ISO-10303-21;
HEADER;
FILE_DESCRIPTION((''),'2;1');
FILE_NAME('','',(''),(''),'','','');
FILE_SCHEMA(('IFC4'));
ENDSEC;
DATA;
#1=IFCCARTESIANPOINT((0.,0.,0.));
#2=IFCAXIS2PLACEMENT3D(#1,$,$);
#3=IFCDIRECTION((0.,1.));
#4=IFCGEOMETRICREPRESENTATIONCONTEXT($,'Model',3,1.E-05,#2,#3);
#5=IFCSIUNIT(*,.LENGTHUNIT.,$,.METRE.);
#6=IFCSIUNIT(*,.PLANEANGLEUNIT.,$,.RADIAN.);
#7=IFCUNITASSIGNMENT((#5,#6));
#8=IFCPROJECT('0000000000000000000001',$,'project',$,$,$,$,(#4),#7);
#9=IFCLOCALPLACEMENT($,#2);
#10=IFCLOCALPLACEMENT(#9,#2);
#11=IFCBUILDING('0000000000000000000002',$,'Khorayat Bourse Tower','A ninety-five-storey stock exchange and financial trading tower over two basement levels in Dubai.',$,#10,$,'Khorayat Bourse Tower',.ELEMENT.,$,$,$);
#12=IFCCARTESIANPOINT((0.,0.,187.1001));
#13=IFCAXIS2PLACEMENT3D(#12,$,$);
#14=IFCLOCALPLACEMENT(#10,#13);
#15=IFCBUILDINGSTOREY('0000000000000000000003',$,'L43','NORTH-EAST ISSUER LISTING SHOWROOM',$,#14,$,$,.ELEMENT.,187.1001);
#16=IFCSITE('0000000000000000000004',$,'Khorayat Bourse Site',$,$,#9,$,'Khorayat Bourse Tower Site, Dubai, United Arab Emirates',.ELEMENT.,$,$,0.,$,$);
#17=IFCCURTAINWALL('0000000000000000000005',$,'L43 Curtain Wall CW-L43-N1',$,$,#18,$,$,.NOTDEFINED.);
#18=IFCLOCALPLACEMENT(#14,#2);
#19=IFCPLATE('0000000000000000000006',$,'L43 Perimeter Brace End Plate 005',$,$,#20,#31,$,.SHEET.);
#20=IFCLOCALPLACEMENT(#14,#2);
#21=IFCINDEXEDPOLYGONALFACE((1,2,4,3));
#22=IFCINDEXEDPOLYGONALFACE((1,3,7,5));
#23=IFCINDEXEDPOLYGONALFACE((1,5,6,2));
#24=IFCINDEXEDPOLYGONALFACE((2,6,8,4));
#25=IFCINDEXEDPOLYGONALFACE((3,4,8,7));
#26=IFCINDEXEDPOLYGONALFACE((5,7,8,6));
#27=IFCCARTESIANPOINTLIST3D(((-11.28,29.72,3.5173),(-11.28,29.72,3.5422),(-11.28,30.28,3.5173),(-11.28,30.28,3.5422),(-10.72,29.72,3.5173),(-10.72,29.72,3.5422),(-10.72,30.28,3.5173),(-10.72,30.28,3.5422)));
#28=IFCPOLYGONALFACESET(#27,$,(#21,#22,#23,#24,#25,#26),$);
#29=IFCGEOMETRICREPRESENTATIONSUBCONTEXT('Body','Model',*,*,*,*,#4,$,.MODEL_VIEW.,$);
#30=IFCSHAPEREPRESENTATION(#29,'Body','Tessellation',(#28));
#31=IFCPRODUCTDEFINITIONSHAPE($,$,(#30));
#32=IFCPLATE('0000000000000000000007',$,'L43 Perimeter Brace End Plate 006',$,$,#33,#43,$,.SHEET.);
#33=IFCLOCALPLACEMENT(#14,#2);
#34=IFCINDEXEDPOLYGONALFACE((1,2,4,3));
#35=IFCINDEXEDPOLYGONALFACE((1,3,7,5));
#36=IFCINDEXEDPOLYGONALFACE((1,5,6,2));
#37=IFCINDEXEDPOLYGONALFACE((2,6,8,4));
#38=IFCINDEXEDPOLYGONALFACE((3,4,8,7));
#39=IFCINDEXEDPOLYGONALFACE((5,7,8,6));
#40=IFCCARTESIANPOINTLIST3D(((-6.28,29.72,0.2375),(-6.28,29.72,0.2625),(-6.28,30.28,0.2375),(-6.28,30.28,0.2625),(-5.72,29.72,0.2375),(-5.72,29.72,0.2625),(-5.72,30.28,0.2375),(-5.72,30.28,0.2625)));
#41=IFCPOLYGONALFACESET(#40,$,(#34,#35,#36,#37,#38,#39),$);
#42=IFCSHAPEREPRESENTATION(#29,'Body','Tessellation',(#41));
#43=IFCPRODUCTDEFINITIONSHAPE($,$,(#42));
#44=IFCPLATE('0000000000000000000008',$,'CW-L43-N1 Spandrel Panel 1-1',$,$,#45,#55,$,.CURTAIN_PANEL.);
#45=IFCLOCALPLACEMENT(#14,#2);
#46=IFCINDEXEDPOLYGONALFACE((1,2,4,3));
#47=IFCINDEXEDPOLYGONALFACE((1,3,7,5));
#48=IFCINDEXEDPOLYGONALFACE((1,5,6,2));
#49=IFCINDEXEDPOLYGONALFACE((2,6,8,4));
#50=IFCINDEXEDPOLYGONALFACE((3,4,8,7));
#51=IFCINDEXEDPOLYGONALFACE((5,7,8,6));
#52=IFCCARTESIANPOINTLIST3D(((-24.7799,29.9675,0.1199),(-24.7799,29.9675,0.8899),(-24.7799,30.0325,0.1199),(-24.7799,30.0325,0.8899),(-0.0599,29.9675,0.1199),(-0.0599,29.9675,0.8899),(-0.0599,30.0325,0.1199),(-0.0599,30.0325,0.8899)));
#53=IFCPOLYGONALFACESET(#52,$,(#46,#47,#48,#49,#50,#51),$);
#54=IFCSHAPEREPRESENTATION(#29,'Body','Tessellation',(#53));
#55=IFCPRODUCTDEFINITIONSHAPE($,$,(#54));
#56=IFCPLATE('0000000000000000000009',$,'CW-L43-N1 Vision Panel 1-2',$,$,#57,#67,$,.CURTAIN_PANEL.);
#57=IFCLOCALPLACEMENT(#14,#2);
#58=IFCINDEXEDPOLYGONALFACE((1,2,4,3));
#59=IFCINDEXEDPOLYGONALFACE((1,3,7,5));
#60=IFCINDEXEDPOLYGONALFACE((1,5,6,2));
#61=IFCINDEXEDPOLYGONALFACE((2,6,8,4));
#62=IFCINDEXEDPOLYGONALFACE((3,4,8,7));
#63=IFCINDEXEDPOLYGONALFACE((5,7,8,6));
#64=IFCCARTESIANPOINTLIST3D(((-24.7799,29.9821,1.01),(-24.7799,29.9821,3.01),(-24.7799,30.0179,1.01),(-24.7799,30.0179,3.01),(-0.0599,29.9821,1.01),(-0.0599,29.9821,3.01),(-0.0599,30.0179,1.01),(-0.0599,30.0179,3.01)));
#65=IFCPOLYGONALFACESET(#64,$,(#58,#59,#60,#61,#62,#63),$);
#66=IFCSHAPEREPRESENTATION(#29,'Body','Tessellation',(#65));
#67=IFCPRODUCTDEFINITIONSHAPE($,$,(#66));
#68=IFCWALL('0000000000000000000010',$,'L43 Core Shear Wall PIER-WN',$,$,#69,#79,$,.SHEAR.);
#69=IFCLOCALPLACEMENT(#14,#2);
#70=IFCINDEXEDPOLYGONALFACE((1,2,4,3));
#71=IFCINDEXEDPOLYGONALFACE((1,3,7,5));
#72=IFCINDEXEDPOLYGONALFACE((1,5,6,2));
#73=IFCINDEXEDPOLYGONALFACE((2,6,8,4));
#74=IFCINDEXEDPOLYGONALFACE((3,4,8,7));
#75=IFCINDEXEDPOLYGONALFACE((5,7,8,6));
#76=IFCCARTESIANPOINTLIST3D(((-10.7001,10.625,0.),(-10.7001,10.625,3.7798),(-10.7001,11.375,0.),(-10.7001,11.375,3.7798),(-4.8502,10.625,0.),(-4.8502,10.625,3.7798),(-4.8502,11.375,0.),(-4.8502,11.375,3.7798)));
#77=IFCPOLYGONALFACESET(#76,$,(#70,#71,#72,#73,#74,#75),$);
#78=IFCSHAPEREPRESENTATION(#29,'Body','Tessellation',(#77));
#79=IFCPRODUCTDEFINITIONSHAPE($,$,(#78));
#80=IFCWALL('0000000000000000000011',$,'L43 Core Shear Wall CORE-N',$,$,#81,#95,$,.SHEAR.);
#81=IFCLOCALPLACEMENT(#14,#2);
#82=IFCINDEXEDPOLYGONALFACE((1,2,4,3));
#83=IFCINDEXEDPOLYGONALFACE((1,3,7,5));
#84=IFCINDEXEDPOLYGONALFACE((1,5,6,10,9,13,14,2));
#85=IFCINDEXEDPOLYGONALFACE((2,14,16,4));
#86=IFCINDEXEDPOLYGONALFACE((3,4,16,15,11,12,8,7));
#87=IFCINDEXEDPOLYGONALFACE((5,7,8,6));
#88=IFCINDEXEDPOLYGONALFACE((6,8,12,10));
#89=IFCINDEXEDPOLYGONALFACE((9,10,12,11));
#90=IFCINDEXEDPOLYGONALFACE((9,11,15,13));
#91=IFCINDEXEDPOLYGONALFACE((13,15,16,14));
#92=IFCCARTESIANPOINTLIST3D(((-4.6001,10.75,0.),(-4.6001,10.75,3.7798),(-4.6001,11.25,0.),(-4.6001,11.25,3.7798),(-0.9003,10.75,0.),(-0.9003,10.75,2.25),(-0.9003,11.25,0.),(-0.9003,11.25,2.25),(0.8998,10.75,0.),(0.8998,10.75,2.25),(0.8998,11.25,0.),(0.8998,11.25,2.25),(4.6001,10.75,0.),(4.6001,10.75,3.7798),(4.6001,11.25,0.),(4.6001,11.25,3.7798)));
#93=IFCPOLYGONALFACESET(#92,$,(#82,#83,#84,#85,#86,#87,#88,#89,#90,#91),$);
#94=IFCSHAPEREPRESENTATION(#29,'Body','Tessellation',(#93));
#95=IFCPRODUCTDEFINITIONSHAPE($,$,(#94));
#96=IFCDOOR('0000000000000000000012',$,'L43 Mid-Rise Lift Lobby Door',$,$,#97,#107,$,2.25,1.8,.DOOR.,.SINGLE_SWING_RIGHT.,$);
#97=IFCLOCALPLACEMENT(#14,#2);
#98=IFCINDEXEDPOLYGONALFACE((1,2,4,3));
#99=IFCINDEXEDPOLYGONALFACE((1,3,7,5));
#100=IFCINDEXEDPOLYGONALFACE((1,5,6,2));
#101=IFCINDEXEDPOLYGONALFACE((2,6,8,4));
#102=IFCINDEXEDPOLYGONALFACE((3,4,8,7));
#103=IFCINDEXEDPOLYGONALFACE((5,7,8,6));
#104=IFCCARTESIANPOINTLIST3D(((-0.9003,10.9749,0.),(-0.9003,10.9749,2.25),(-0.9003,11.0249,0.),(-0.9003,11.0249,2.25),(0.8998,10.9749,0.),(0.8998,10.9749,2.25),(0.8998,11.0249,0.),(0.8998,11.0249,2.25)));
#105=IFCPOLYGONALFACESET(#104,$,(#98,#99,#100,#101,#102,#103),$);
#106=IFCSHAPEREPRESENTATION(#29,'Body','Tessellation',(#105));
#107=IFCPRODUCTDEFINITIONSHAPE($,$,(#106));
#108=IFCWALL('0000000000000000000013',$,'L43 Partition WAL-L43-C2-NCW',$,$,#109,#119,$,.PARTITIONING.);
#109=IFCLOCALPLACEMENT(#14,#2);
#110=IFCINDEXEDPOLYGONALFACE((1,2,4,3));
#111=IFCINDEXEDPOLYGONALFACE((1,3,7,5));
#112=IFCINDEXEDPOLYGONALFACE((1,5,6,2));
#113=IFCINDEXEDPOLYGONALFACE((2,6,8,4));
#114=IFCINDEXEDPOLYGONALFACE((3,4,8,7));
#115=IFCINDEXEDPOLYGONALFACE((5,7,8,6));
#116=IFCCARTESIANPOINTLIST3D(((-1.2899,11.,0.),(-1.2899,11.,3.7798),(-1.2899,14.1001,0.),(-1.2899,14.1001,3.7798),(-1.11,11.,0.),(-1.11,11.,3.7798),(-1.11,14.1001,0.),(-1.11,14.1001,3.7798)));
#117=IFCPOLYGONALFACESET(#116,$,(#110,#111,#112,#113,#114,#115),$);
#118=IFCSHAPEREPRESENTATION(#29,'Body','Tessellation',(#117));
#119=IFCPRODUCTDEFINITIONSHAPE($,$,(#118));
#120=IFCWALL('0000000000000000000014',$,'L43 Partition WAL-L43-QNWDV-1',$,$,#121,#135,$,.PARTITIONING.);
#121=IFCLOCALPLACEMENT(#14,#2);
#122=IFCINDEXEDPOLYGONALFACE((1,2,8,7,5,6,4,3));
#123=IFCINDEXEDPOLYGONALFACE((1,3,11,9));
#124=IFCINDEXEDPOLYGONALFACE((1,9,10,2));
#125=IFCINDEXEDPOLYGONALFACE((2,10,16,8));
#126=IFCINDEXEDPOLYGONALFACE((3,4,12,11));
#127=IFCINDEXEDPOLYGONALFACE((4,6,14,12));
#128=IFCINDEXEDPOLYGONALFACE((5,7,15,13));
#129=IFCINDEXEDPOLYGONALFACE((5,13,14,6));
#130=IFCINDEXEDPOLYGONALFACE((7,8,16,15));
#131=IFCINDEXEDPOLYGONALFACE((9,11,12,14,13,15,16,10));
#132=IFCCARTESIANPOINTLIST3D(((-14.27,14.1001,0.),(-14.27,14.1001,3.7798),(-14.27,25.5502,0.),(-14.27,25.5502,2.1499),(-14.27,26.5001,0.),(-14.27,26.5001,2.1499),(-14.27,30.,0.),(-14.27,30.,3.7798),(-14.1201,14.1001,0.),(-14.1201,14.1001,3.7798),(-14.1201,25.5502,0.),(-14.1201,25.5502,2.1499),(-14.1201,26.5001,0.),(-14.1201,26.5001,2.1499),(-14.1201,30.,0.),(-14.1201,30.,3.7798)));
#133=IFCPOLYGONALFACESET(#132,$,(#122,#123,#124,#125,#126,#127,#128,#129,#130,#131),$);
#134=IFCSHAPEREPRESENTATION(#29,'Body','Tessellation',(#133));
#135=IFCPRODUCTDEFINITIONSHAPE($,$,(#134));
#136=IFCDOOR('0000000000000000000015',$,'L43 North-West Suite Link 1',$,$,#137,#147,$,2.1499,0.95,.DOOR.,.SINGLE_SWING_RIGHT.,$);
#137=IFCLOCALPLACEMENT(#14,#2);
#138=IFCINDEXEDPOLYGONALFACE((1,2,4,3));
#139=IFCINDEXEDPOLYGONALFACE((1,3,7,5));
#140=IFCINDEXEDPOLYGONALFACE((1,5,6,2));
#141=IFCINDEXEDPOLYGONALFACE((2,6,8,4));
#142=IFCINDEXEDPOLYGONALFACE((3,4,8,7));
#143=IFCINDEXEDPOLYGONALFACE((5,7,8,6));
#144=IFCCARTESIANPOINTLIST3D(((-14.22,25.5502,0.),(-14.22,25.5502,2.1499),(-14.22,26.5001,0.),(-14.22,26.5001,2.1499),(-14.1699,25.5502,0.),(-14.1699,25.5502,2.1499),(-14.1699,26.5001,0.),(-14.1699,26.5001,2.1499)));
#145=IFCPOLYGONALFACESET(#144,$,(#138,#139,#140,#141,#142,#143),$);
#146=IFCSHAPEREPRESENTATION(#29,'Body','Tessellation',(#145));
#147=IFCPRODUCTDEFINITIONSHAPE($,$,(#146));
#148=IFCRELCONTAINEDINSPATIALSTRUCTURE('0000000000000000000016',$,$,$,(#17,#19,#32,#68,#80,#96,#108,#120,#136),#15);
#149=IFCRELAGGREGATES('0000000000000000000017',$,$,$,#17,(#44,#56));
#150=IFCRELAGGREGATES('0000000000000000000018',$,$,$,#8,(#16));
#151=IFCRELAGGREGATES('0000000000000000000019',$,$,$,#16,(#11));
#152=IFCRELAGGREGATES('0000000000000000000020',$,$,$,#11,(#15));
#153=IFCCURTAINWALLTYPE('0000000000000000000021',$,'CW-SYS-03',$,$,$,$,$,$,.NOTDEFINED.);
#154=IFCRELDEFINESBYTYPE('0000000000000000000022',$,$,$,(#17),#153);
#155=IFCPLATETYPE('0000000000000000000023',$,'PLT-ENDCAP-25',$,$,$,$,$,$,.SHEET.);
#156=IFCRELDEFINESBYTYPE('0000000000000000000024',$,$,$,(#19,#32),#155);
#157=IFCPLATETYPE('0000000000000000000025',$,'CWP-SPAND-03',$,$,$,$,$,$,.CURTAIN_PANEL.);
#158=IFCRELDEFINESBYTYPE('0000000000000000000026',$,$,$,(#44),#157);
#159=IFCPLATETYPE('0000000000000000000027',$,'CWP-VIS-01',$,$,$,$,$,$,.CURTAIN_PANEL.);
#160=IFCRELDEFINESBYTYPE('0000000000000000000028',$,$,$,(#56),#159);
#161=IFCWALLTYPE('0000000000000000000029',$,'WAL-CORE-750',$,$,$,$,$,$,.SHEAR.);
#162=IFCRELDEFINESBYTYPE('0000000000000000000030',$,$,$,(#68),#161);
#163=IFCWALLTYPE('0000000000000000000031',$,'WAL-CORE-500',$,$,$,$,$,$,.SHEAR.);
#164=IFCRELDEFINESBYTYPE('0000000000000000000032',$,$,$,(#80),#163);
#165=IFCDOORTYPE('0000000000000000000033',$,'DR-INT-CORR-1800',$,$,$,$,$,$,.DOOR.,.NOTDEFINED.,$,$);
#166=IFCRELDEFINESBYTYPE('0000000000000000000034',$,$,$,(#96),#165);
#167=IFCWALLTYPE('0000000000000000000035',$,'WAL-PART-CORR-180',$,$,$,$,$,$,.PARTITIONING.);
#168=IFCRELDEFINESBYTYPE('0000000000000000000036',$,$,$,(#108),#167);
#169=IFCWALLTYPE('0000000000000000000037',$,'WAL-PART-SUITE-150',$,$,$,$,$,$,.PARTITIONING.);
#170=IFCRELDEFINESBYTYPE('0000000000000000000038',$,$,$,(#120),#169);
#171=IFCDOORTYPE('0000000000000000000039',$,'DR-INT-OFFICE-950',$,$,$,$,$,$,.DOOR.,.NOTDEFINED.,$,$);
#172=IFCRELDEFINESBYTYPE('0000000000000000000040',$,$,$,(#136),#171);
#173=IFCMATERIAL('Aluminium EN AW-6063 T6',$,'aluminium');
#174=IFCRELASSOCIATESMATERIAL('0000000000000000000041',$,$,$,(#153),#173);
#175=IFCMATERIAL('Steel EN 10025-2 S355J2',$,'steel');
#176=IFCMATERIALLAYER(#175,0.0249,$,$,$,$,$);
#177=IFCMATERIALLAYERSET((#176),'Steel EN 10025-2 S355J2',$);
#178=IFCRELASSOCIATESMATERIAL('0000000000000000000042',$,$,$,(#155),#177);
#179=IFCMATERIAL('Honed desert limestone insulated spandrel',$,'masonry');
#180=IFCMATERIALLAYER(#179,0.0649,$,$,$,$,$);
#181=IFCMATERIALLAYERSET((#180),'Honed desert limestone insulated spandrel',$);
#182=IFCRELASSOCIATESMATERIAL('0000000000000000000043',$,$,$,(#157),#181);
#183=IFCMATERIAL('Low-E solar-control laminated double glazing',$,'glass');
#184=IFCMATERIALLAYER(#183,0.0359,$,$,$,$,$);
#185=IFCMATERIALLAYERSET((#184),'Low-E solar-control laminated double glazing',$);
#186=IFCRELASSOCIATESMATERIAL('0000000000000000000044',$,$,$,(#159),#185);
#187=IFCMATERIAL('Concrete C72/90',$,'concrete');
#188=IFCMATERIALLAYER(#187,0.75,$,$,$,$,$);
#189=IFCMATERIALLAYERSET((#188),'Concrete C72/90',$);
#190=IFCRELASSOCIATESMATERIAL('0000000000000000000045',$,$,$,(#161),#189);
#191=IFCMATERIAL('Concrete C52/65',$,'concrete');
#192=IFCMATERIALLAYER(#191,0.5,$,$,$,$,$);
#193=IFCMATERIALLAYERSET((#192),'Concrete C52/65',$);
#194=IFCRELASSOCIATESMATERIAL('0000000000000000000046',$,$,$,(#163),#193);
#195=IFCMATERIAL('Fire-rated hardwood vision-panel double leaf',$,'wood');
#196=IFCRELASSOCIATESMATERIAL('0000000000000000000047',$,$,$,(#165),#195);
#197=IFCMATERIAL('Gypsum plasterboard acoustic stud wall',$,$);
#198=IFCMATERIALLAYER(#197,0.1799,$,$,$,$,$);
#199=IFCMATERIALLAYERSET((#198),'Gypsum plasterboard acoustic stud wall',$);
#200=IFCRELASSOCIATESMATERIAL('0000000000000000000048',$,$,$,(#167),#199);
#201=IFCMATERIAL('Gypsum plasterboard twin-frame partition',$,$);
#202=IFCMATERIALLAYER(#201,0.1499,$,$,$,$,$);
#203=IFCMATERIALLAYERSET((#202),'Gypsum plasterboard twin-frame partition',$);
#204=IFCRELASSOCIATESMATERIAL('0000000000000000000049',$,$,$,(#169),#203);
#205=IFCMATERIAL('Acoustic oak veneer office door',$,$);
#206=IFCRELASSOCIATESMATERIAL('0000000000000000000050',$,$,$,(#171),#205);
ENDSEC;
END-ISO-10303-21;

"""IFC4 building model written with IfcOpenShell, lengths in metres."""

from ifc_helpers import new_model, si_unit, direction, frame, frame_2d, origin, origin_2d, place, context, subcontext, project, spatial, rectangle, extrude, source, transform, mapped, material, layer, layer_set, type_object, element, fill, aggregate, save


model = new_model("IFC4")

# Units and contexts
model_context = context("Model", 3, precision=1e-05, world=origin(), true_north=direction((0.0, 1.0)))
body_context = subcontext(model_context, "Body", "Model", "MODEL_VIEW")
ifc_project = project(units=[si_unit("LENGTHUNIT", "METRE"), si_unit("PLANEANGLEUNIT", "RADIAN")], contexts=[model_context])

# Site, building, storey
site_placement = place(None, origin())
site = spatial("IfcSite", under=ifc_project, at=site_placement, Name="Khorayat Bourse Site", LongName="Khorayat Bourse Tower Site, Dubai, United Arab Emirates", CompositionType="ELEMENT", RefElevation=0.0)
building_placement = place(site_placement, origin())
building = spatial("IfcBuilding", under=site, at=building_placement, Name="Khorayat Bourse Tower", Description="A ninety-five-storey stock exchange and financial trading tower over two basement levels in Dubai.", LongName="Khorayat Bourse Tower", CompositionType="ELEMENT")
storey_placement = place(building_placement, frame((0.0, 0.0, 187.1001)))
storey = spatial("IfcBuildingStorey", under=building, at=storey_placement, Name="L43", Description="NORTH-EAST ISSUER LISTING SHOWROOM", CompositionType="ELEMENT", Elevation=187.1001)

# Shared definitions
ifc_material_1 = material(Name="Concrete C72/90", Category="concrete")

# Curtain wall
ifc_material_2 = material(Name="Aluminium EN AW-6063 T6", Category="aluminium")
curtain_wall_type = type_object("IfcCurtainWallType", Name="CW-SYS-03", PredefinedType="NOTDEFINED", material=ifc_material_2)
curtain_wall_placement = place(storey_placement, origin())
curtain_wall = element("IfcCurtainWall", 1, at=curtain_wall_placement, inside=storey, type_object=curtain_wall_type, Name="L43 Curtain Wall CW-L43-N1", PredefinedType="NOTDEFINED")

# Plates
ifc_material_3 = material(Name="Steel EN 10025-2 S355J2", Category="steel")
ifc_layer_1 = layer(ifc_material_3, 0.0249)
ifc_layer_set_1 = layer_set([ifc_layer_1], Name="Steel EN 10025-2 S355J2")
plate_type_1 = type_object("IfcPlateType", Name="PLT-ENDCAP-25", PredefinedType="SHEET", material=ifc_layer_set_1)
shared_shape_1 = source(origin(), body_context, "Body", "SweptSolid", [
    extrude(rectangle(XDim=0.5601, YDim=0.5601, at=origin_2d()), origin(), (0.0, 0.0, 1.0), 0.0249),
])
for number, where, z_axis, x_axis, name in (
    (2, (-11.0, 30.0, 3.5173), (0.0, 0.0, 1.0), (1.0, 0.0, 0.0), "L43 Perimeter Brace End Plate 005"),
    (3, (-6.0, 30.0, 0.2375), (0.0, 0.0, 1.0), (1.0, 0.0, 0.0), "L43 Perimeter Brace End Plate 006"),
):
    element("IfcPlate", number, at=place(storey_placement, frame(where, z_axis=z_axis, x_axis=x_axis)), inside=storey, type_object=plate_type_1, Name=name, PredefinedType="SHEET", context=body_context, shape_type="MappedRepresentation", body=[
        mapped(shared_shape_1, transform((0.0, 0.0, 0.0), scale=1.0)),
    ])

# Plates
ifc_material_4 = material(Name="Honed desert limestone insulated spandrel", Category="masonry")
ifc_layer_2 = layer(ifc_material_4, 0.0649)
ifc_layer_set_2 = layer_set([ifc_layer_2], Name="Honed desert limestone insulated spandrel")
plate_type_2 = type_object("IfcPlateType", Name="CWP-SPAND-03", PredefinedType="CURTAIN_PANEL", material=ifc_layer_set_2)
shared_shape_2 = source(origin(), body_context, "Body", "SweptSolid", [
    extrude(rectangle(XDim=24.72, YDim=0.0649, at=origin_2d()), origin(), (0.0, 0.0, 1.0), 0.77),
])
plate_1_placement = place(storey_placement, frame((-12.4199, 30.0, 0.1199), z_axis=(0.0, 0.0, 1.0), x_axis=(1.0, 0.0, 0.0)))
plate_1 = element("IfcPlate", 4, at=plate_1_placement, type_object=plate_type_2, Name="CW-L43-N1 Spandrel Panel 1-1", PredefinedType="CURTAIN_PANEL", context=body_context, shape_type="MappedRepresentation", body=[
    mapped(shared_shape_2, transform((0.0, 0.0, 0.0), scale=1.0)),
])
ifc_material_5 = material(Name="Low-E solar-control laminated double glazing", Category="glass")
ifc_layer_3 = layer(ifc_material_5, 0.0359)
ifc_layer_set_3 = layer_set([ifc_layer_3], Name="Low-E solar-control laminated double glazing")
plate_type_3 = type_object("IfcPlateType", Name="CWP-VIS-01", PredefinedType="CURTAIN_PANEL", material=ifc_layer_set_3)
shared_shape_3 = source(origin(), body_context, "Body", "SweptSolid", [
    extrude(rectangle(XDim=24.72, YDim=0.0359, at=origin_2d()), origin(), (0.0, 0.0, 1.0), 2.0),
])
plate_2_placement = place(storey_placement, frame((-12.4199, 30.0, 1.01), z_axis=(0.0, 0.0, 1.0), x_axis=(1.0, 0.0, 0.0)))
plate_2 = element("IfcPlate", 5, at=plate_2_placement, type_object=plate_type_3, Name="CW-L43-N1 Vision Panel 1-2", PredefinedType="CURTAIN_PANEL", context=body_context, shape_type="MappedRepresentation", body=[
    mapped(shared_shape_3, transform((0.0, 0.0, 0.0), scale=1.0)),
])
aggregate(curtain_wall, [plate_1, plate_2])

# Wall
ifc_layer_4 = layer(ifc_material_1, 0.75)
ifc_layer_set_4 = layer_set([ifc_layer_4], Name="Concrete C72/90")
wall_type_1 = type_object("IfcWallType", Name="WAL-CORE-750", PredefinedType="SHEAR", material=ifc_layer_set_4)
shared_shape_4 = source(origin(), body_context, "Body", "SweptSolid", [
    extrude(rectangle(XDim=5.8499, YDim=0.75, at=frame_2d((2.9248, 0.0))), origin(), (0.0, 0.0, 1.0), 3.7798),
])
wall_1_placement = place(storey_placement, frame((-10.7, 11.0, 0.0), z_axis=(0.0, 0.0, 1.0), x_axis=(1.0, 0.0, 0.0)))
element("IfcWall", 6, at=wall_1_placement, inside=storey, type_object=wall_type_1, Name="L43 Core Shear Wall PIER-WN", PredefinedType="SHEAR", context=body_context, shape_type="MappedRepresentation", body=[
    mapped(shared_shape_4, transform((0.0, 0.0, 0.0), scale=1.0)),
])

# Wall, opening, door
ifc_material_6 = material(Name="Concrete C52/65", Category="concrete")
ifc_layer_5 = layer(ifc_material_6, 0.5)
ifc_layer_set_5 = layer_set([ifc_layer_5], Name="Concrete C52/65")
wall_type_2 = type_object("IfcWallType", Name="WAL-CORE-500", PredefinedType="SHEAR", material=ifc_layer_set_5)
shared_shape_5 = source(origin(), body_context, "Body", "SweptSolid", [
    extrude(rectangle(XDim=9.2002, YDim=0.5, at=frame_2d((4.6001, 0.0))), origin(), (0.0, 0.0, 1.0), 3.7798),
])
wall_2_placement = place(storey_placement, frame((-4.6001, 11.0, 0.0), z_axis=(0.0, 0.0, 1.0), x_axis=(1.0, 0.0, 0.0)))
wall_2 = element("IfcWall", 7, at=wall_2_placement, inside=storey, type_object=wall_type_2, Name="L43 Core Shear Wall CORE-N", PredefinedType="SHEAR", context=body_context, shape_type="MappedRepresentation", body=[
    mapped(shared_shape_5, transform((0.0, 0.0, 0.0), scale=1.0)),
])
shared_shape_6 = source(origin(), body_context, "Body", "SweptSolid", [
    extrude(rectangle(XDim=1.8, YDim=2.25, at=frame_2d((0.8999, 1.125))), frame((0.0, 0.26, 0.0), z_axis=(0.0, -1.0, 0.0), x_axis=(1.0, 0.0, 0.0)), (0.0, 0.0, 1.0), 0.52),
])
opening_1_placement = place(wall_2_placement, frame((3.7, 0.0, 0.0)))
opening_1 = element("IfcOpeningElement", 8, at=opening_1_placement, cuts=wall_2, PredefinedType="OPENING", context=body_context, shape_type="MappedRepresentation", body=[
    mapped(shared_shape_6, transform((0.0, 0.0, 0.0), scale=1.0)),
])
ifc_material_7 = material(Name="Fire-rated hardwood vision-panel double leaf", Category="wood")
door_type_1 = type_object("IfcDoorType", Name="DR-INT-CORR-1800", OperationType="NOTDEFINED", PredefinedType="DOOR", material=ifc_material_7)
shared_shape_7 = source(origin(), body_context, "Body", "SweptSolid", [
    extrude(rectangle(XDim=1.8, YDim=2.25, at=frame_2d((0.8999, 1.125))), frame((0.0, 0.0249, 0.0), z_axis=(0.0, -1.0, 0.0), x_axis=(1.0, 0.0, 0.0)), (0.0, 0.0, 1.0), 0.05),
])
door_1_placement = place(opening_1_placement, origin())
door_1 = element("IfcDoor", 9, at=door_1_placement, inside=storey, type_object=door_type_1, Name="L43 Mid-Rise Lift Lobby Door", OperationType="SINGLE_SWING_RIGHT", OverallHeight=2.25, OverallWidth=1.8, PredefinedType="DOOR", context=body_context, shape_type="MappedRepresentation", body=[
    mapped(shared_shape_7, transform((0.0, 0.0, 0.0), scale=1.0)),
])
fill(opening_1, door_1)

# Wall
ifc_material_8 = material(Name="Gypsum plasterboard acoustic stud wall")
ifc_layer_6 = layer(ifc_material_8, 0.1799)
ifc_layer_set_6 = layer_set([ifc_layer_6], Name="Gypsum plasterboard acoustic stud wall")
wall_type_3 = type_object("IfcWallType", Name="WAL-PART-CORR-180", PredefinedType="PARTITIONING", material=ifc_layer_set_6)
shared_shape_8 = source(origin(), body_context, "Body", "SweptSolid", [
    extrude(rectangle(XDim=3.1001, YDim=0.1799, at=frame_2d((1.55, 0.0))), origin(), (0.0, 0.0, 1.0), 3.7798),
])
wall_3_placement = place(storey_placement, frame((-1.2, 11.0, 0.0), z_axis=(0.0, 0.0, 1.0), x_axis=(0.0, 1.0, 0.0)))
element("IfcWall", 10, at=wall_3_placement, inside=storey, type_object=wall_type_3, Name="L43 Partition WAL-L43-C2-NCW", PredefinedType="PARTITIONING", context=body_context, shape_type="MappedRepresentation", body=[
    mapped(shared_shape_8, transform((0.0, 0.0, 0.0), scale=1.0)),
])

# Wall, opening, door
ifc_material_9 = material(Name="Gypsum plasterboard twin-frame partition")
ifc_layer_7 = layer(ifc_material_9, 0.1499)
ifc_layer_set_7 = layer_set([ifc_layer_7], Name="Gypsum plasterboard twin-frame partition")
wall_type_4 = type_object("IfcWallType", Name="WAL-PART-SUITE-150", PredefinedType="PARTITIONING", material=ifc_layer_set_7)
shared_shape_9 = source(origin(), body_context, "Body", "SweptSolid", [
    extrude(rectangle(XDim=15.8999, YDim=0.1499, at=frame_2d((7.95, 0.0))), origin(), (0.0, 0.0, 1.0), 3.7798),
])
wall_4_placement = place(storey_placement, frame((-14.1951, 14.1001, 0.0), z_axis=(0.0, 0.0, 1.0), x_axis=(0.0, 1.0, 0.0)))
wall_4 = element("IfcWall", 11, at=wall_4_placement, inside=storey, type_object=wall_type_4, Name="L43 Partition WAL-L43-QNWDV-1", PredefinedType="PARTITIONING", context=body_context, shape_type="MappedRepresentation", body=[
    mapped(shared_shape_9, transform((0.0, 0.0, 0.0), scale=1.0)),
])
shared_shape_10 = source(origin(), body_context, "Body", "SweptSolid", [
    extrude(rectangle(XDim=0.95, YDim=2.1499, at=frame_2d((0.4751, 1.075))), frame((0.0, 0.085, 0.0), z_axis=(0.0, -1.0, 0.0), x_axis=(1.0, 0.0, 0.0)), (0.0, 0.0, 1.0), 0.1699),
])
opening_2_placement = place(wall_4_placement, frame((11.45, 0.0, 0.0)))
opening_2 = element("IfcOpeningElement", 12, at=opening_2_placement, cuts=wall_4, PredefinedType="OPENING", context=body_context, shape_type="MappedRepresentation", body=[
    mapped(shared_shape_10, transform((0.0, 0.0, 0.0), scale=1.0)),
])
ifc_material_10 = material(Name="Acoustic oak veneer office door")
door_type_2 = type_object("IfcDoorType", Name="DR-INT-OFFICE-950", OperationType="NOTDEFINED", PredefinedType="DOOR", material=ifc_material_10)
shared_shape_11 = source(origin(), body_context, "Body", "SweptSolid", [
    extrude(rectangle(XDim=0.95, YDim=2.1499, at=frame_2d((0.4751, 1.075))), frame((0.0, 0.0249, 0.0), z_axis=(0.0, -1.0, 0.0), x_axis=(1.0, 0.0, 0.0)), (0.0, 0.0, 1.0), 0.05),
])
door_2_placement = place(opening_2_placement, origin())
door_2 = element("IfcDoor", 13, at=door_2_placement, inside=storey, type_object=door_type_2, Name="L43 North-West Suite Link 1", OperationType="SINGLE_SWING_RIGHT", OverallHeight=2.1499, OverallWidth=0.95, PredefinedType="DOOR", context=body_context, shape_type="MappedRepresentation", body=[
    mapped(shared_shape_11, transform((0.0, 0.0, 0.0), scale=1.0)),
])
fill(opening_2, door_2)

save(model, "model.ifc")
